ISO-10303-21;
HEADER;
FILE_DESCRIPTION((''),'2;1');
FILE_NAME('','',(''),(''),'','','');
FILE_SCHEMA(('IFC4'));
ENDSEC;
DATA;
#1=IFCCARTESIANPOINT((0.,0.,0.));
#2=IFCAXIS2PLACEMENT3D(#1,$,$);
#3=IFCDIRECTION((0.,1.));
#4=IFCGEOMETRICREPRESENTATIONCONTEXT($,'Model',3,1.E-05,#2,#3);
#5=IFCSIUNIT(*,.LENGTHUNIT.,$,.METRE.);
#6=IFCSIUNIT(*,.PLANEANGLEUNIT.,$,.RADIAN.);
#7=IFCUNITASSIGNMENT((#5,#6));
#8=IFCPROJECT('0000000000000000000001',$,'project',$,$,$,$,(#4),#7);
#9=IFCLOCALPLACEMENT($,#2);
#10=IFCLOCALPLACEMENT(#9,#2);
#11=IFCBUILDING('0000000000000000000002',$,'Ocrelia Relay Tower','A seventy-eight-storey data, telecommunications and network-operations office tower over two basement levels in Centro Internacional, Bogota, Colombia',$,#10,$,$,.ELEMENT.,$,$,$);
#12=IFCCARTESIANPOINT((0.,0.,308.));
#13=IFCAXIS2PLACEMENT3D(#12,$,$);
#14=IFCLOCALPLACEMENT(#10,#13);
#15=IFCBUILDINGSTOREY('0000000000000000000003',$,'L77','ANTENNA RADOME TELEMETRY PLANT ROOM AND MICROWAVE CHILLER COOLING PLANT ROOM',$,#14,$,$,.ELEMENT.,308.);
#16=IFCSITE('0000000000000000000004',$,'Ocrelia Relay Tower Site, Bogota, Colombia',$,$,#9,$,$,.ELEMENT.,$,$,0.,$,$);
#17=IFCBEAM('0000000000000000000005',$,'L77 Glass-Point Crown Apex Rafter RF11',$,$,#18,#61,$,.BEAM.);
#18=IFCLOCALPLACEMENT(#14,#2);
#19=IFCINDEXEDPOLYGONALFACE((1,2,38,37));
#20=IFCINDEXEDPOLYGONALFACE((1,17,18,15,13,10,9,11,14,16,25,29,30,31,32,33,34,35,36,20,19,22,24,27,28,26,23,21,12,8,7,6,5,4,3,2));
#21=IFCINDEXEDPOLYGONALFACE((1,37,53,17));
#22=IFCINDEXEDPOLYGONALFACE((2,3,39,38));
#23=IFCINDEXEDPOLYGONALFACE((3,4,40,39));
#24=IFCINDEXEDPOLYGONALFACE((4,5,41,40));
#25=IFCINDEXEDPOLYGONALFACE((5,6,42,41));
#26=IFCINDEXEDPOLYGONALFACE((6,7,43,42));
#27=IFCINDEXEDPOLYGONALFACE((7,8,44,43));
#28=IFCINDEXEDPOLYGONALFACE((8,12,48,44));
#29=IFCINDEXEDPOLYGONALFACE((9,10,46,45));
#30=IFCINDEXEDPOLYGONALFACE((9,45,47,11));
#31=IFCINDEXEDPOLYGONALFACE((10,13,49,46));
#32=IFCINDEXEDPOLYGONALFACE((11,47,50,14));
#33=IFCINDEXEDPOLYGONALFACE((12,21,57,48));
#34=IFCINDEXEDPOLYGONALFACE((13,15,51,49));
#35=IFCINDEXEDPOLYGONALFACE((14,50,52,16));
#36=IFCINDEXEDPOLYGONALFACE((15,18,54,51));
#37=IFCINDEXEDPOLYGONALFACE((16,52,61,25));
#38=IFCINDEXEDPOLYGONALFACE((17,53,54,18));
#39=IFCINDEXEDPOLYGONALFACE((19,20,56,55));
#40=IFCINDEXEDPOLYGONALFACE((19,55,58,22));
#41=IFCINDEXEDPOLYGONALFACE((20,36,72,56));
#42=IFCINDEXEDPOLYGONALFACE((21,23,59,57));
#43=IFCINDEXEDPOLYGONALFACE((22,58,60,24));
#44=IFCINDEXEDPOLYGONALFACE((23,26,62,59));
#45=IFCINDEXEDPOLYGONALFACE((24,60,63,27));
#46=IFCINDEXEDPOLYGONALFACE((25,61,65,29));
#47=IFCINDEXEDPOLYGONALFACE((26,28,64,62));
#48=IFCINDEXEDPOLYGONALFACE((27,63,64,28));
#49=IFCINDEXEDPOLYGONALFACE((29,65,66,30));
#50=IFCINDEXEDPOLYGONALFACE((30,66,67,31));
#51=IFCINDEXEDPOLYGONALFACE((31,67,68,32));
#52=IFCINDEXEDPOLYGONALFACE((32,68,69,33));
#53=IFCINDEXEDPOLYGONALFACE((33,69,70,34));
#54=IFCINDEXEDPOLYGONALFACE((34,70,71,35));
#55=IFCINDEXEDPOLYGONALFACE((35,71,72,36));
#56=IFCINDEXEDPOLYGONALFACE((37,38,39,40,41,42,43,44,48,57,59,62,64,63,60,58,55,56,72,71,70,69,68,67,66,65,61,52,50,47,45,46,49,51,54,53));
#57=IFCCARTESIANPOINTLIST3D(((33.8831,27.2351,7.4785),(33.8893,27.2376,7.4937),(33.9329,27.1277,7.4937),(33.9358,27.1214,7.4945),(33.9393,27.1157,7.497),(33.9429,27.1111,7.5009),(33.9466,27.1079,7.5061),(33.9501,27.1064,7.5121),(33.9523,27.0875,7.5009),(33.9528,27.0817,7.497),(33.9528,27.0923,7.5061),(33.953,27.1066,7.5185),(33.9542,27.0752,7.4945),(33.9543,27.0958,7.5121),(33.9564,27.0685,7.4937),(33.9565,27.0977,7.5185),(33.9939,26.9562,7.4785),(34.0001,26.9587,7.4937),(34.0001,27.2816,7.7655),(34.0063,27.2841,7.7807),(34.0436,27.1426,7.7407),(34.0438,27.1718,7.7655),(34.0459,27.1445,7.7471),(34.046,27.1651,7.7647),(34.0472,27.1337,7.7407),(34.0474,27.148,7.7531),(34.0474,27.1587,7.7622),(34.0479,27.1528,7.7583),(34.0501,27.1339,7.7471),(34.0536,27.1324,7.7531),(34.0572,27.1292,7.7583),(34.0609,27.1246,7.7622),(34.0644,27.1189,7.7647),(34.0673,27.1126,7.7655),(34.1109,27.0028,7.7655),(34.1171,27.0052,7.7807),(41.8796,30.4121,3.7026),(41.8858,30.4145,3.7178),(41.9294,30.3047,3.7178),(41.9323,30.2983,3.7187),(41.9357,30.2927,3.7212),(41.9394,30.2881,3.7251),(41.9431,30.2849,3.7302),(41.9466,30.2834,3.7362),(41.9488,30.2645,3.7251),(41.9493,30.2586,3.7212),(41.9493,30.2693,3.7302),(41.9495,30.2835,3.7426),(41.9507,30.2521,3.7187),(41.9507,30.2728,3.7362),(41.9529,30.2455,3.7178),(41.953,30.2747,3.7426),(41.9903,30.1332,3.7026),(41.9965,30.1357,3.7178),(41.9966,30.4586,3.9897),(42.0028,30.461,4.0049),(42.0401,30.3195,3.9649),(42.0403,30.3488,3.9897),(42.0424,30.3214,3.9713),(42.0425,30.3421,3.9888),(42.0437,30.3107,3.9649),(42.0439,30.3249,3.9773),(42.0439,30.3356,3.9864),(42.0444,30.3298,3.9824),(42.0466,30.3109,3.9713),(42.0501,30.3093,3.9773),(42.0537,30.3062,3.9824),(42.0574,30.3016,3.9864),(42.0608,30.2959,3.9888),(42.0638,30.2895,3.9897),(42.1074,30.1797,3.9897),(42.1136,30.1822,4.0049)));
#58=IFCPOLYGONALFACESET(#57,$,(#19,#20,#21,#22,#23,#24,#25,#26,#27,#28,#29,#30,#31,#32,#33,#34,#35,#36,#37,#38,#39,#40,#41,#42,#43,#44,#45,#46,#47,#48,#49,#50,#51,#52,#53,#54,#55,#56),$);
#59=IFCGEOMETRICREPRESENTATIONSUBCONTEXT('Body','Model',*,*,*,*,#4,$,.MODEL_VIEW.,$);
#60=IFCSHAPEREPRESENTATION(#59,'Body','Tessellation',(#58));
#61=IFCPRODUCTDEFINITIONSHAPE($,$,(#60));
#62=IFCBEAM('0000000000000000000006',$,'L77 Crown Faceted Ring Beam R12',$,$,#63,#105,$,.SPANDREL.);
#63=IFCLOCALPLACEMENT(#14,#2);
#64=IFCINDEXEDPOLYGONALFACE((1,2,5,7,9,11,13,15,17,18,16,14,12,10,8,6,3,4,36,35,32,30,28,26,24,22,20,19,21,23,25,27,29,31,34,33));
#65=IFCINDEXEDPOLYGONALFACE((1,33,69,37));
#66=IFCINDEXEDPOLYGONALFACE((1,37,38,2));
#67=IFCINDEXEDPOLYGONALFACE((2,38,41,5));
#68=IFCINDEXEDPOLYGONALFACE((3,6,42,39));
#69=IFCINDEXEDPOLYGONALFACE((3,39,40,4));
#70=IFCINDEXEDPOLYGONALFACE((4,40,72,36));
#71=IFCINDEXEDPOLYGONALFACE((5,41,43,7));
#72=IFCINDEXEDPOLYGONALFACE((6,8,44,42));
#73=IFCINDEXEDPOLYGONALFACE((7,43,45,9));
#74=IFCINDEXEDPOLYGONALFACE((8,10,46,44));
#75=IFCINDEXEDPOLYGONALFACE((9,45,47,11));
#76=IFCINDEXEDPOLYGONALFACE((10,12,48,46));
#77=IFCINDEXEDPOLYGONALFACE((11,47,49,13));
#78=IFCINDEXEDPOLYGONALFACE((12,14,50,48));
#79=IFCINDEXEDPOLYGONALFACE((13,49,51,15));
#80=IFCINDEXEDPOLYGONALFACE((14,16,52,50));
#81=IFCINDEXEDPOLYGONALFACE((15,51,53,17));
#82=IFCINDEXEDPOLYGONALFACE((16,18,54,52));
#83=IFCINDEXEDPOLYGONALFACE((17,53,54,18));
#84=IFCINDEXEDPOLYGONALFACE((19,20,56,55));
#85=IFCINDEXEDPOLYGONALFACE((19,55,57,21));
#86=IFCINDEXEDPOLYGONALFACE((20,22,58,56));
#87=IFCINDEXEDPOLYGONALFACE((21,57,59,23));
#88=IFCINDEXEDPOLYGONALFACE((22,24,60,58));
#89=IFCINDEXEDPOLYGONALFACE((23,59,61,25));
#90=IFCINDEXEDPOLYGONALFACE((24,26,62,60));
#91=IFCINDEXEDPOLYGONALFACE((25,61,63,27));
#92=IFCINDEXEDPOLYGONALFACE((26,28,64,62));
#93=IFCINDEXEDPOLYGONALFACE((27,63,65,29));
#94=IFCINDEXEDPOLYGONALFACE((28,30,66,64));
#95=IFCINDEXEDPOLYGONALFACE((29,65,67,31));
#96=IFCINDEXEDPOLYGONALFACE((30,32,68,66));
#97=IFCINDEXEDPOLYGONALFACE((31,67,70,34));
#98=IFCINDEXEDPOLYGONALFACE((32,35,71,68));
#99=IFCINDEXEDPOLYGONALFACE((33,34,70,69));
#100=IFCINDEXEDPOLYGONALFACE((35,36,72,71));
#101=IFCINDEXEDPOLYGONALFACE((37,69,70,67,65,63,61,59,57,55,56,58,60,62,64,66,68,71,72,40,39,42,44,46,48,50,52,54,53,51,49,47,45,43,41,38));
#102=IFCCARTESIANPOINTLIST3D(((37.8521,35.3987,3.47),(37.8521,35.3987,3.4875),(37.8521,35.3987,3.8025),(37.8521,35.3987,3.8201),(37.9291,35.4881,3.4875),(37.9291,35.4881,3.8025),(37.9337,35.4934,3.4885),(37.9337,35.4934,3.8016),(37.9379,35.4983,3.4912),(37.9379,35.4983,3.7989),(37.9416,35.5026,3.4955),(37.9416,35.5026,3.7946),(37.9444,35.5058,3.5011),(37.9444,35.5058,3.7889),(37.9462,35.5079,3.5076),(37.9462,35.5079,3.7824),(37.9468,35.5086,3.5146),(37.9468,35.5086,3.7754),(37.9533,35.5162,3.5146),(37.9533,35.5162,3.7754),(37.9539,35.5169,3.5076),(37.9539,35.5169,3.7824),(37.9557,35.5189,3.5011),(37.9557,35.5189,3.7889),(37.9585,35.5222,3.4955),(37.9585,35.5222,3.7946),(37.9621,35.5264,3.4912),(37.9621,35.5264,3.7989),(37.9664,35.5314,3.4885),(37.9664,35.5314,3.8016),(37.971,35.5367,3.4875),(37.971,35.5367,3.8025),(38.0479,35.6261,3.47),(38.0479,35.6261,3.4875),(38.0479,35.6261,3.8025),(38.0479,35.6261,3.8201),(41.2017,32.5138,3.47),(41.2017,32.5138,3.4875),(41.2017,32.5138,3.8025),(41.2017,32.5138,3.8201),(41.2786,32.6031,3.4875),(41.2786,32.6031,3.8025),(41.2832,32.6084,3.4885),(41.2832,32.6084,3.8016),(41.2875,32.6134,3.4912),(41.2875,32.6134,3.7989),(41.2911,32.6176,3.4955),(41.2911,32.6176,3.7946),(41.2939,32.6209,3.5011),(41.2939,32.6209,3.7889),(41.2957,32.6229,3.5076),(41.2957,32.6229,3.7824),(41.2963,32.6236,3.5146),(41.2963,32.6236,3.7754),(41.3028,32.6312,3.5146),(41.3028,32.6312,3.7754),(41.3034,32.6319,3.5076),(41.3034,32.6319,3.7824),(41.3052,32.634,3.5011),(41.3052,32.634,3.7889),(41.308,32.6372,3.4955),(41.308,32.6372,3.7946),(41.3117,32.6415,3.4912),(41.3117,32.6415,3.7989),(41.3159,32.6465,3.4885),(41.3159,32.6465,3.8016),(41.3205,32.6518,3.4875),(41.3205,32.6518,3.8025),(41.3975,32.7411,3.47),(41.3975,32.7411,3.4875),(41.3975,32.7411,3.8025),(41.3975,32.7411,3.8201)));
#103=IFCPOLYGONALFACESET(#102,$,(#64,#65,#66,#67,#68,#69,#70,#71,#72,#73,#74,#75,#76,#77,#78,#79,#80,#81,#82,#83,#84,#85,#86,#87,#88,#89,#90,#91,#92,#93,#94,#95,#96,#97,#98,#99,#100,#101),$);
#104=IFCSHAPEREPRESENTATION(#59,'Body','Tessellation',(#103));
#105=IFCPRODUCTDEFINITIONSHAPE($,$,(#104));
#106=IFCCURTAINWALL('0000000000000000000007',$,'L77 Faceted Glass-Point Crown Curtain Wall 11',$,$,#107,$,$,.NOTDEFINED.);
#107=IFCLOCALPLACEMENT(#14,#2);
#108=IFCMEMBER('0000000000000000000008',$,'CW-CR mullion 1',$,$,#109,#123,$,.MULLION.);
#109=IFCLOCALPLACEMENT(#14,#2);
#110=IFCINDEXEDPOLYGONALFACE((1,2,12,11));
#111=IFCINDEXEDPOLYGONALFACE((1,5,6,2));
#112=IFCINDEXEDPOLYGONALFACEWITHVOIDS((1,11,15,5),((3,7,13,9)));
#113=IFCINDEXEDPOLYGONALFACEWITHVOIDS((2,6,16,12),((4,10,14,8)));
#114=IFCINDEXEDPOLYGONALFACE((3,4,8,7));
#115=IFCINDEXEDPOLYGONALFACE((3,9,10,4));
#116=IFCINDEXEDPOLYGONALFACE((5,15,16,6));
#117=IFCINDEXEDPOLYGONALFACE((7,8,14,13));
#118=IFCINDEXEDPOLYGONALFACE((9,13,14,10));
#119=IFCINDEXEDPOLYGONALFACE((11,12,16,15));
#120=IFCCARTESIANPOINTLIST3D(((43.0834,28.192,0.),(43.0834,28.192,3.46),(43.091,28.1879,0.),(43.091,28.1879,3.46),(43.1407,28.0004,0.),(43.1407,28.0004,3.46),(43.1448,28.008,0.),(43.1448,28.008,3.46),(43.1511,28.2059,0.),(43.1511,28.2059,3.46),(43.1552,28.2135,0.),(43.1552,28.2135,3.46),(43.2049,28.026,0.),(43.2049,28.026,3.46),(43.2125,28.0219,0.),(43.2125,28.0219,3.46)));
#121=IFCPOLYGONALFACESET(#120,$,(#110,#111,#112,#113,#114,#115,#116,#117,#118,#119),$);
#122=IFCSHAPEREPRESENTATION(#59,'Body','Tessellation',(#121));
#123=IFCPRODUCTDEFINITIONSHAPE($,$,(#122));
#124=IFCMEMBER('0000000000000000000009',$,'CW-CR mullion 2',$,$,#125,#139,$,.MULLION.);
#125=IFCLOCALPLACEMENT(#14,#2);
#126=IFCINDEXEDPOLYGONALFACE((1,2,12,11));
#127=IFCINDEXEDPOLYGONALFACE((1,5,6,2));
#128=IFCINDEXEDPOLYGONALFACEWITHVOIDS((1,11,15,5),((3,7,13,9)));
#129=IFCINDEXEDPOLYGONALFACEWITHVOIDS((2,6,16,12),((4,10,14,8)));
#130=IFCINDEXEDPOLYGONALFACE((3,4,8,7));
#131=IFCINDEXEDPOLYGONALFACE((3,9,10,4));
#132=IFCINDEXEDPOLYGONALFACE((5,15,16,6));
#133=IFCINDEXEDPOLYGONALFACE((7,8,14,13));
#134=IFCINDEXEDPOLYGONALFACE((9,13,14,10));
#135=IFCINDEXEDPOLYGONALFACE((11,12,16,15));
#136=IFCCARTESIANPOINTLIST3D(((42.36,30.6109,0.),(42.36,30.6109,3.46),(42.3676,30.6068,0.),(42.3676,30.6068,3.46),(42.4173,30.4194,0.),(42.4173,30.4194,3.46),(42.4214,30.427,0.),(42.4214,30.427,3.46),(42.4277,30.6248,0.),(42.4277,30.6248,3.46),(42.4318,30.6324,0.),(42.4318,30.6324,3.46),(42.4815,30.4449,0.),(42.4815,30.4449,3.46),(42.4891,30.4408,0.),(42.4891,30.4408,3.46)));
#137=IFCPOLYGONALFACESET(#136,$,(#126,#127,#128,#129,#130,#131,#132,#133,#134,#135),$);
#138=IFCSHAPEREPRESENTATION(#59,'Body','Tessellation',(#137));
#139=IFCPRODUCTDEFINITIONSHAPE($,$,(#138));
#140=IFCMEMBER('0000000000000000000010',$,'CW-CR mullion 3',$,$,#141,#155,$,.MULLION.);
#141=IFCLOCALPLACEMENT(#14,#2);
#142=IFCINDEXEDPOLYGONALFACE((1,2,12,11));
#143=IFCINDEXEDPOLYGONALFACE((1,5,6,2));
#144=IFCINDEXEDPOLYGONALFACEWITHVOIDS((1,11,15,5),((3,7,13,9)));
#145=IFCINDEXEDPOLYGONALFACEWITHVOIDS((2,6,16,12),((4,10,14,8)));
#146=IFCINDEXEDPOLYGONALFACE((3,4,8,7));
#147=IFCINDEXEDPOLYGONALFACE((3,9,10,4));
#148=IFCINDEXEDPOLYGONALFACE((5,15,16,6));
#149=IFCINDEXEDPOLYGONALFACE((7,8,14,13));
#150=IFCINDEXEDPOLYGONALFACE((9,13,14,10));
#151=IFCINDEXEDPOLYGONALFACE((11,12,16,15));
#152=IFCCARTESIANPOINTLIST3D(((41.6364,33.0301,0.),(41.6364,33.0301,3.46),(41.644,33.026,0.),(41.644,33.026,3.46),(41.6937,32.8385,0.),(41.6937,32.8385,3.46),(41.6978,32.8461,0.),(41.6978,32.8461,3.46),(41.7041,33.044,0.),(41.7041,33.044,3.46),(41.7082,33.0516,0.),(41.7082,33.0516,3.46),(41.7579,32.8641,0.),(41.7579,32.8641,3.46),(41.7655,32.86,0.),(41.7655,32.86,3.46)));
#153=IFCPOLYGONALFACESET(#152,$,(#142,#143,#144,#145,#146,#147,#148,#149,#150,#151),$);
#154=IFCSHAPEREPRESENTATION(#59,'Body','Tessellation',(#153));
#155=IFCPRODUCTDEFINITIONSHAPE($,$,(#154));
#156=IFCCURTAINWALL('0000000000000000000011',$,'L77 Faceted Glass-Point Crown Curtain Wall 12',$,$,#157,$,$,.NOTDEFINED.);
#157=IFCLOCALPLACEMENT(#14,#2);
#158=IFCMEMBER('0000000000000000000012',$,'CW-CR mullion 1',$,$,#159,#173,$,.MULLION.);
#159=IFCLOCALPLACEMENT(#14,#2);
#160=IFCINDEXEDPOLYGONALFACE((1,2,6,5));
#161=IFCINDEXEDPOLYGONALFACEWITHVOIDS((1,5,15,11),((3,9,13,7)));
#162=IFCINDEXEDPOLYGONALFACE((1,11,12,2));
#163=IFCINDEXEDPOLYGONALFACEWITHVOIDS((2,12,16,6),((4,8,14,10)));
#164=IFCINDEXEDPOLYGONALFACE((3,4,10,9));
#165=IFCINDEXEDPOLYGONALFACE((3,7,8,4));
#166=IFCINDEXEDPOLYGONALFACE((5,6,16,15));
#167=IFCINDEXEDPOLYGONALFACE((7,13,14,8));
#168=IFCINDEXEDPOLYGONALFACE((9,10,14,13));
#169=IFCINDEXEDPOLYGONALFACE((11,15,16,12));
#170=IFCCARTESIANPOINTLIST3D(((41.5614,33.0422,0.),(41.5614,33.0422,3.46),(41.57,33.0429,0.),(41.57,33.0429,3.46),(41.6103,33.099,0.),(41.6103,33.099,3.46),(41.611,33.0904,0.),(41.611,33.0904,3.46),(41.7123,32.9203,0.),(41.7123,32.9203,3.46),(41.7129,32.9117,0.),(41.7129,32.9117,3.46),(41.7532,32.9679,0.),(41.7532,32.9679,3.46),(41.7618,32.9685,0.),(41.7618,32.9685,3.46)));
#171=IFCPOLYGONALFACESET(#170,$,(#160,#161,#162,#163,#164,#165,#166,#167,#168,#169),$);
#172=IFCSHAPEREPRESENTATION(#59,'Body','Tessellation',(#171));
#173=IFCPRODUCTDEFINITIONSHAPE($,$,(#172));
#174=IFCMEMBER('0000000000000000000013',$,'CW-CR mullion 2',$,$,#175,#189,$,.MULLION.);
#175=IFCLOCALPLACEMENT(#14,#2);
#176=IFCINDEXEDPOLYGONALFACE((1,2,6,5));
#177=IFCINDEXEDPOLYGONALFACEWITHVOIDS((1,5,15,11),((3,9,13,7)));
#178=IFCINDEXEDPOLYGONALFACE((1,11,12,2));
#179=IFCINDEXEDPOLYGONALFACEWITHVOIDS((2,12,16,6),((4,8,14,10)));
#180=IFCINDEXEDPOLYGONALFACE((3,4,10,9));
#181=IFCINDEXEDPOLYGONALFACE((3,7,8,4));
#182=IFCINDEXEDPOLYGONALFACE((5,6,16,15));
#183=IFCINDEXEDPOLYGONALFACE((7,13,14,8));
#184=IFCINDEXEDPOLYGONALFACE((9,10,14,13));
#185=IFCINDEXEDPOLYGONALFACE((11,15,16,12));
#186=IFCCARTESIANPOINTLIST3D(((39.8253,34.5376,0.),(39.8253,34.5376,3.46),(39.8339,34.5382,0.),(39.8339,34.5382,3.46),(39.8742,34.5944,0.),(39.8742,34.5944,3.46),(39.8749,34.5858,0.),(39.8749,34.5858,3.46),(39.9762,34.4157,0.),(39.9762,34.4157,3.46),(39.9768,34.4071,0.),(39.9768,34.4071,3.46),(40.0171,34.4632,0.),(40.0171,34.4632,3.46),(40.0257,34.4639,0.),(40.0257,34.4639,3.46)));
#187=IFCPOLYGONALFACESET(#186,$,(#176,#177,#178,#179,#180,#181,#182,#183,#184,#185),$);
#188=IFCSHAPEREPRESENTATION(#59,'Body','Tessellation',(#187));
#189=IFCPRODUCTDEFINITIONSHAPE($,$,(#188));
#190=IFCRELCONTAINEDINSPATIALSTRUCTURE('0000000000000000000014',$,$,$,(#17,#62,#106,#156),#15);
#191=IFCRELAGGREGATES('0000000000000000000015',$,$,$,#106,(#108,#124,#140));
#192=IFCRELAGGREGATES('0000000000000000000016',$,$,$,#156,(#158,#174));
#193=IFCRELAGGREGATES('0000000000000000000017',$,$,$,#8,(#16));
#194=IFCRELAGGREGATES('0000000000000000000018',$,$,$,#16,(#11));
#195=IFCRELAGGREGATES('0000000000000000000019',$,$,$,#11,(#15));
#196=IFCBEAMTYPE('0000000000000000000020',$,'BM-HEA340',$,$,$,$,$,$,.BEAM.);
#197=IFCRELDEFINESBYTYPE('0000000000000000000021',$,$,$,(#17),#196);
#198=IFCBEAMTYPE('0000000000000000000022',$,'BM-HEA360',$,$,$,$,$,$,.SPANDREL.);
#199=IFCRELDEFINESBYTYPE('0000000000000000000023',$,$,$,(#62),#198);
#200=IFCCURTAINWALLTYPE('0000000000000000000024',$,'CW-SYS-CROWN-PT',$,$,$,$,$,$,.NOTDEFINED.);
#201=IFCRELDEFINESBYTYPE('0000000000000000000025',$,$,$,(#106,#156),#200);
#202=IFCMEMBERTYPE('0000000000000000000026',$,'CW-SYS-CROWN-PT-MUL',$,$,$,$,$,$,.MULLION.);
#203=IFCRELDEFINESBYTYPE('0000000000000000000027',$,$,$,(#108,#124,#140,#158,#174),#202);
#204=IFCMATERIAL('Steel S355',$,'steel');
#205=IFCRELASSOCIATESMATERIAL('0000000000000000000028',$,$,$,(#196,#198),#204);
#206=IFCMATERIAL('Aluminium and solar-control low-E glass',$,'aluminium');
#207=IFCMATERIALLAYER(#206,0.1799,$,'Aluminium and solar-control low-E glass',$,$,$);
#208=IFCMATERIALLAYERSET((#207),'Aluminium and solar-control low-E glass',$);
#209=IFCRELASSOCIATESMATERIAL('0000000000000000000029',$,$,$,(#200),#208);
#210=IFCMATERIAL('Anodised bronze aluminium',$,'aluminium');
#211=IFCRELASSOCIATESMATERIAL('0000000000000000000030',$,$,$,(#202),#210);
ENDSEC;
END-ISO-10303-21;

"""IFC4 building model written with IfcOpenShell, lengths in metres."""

from ifc_helpers import new_model, si_unit, direction, frame, origin, origin_2d, place, context, subcontext, project, spatial, hollow_rectangle, i_section, extrude, material, layer, layer_set, material_profile, profile_set, type_object, element, aggregate, save


model = new_model("IFC4")

# Units and contexts
model_context = context("Model", 3, precision=1e-05, world=origin(), true_north=direction((0.0, 1.0)))
body_context = subcontext(model_context, "Body", "Model", "MODEL_VIEW")
ifc_project = project(units=[si_unit("LENGTHUNIT", "METRE"), si_unit("PLANEANGLEUNIT", "RADIAN")], contexts=[model_context])

# Site, building, storey
site_placement = place(None, origin())
site = spatial("IfcSite", under=ifc_project, at=site_placement, Name="Ocrelia Relay Tower Site, Bogota, Colombia", CompositionType="ELEMENT", RefElevation=0.0)
building_placement = place(site_placement, origin())
building = spatial("IfcBuilding", under=site, at=building_placement, Name="Ocrelia Relay Tower", Description="A seventy-eight-storey data, telecommunications and network-operations office tower over two basement levels in Centro Internacional, Bogota, Colombia", CompositionType="ELEMENT")
storey_placement = place(building_placement, frame((0.0, 0.0, 308.0)))
storey = spatial("IfcBuildingStorey", under=building, at=storey_placement, Name="L77", Description="ANTENNA RADOME TELEMETRY PLANT ROOM AND MICROWAVE CHILLER COOLING PLANT ROOM", CompositionType="ELEMENT", Elevation=308.0)

# Beams
ifc_material_1 = material(Name="Steel S355", Category="steel")
ifc_material_profile_1 = material_profile(ifc_material_1, i_section(OverallWidth=0.3, OverallDepth=0.3301, WebThickness=0.0095, FlangeThickness=0.0166, FilletRadius=0.0271, at=origin_2d()), Name="HEA 340")
ifc_profile_set_1 = profile_set([ifc_material_profile_1], Name="Steel S355")
beam_type_1 = type_object("IfcBeamType", Name="BM-HEA340", PredefinedType="BEAM", material=ifc_profile_set_1)
beam_1_placement = place(storey_placement, frame((41.9966, 30.2971, 3.8538), z_axis=(-0.851009, -0.338102, 0.401835), x_axis=(0.369223, -0.929341, 0.0)))
element("IfcBeam", 1, at=beam_1_placement, inside=storey, type_object=beam_type_1, Name="L77 Glass-Point Crown Apex Rafter RF11", PredefinedType="BEAM", context=body_context, shape_type="SweptSolid", body=[
    extrude(i_section(OverallWidth=0.3, OverallDepth=0.3301, WebThickness=0.0095, FlangeThickness=0.0166, FilletRadius=0.0271, at=origin_2d()), origin(), (0.0, 0.0, 1.0), 9.3965),
])
ifc_material_profile_2 = material_profile(ifc_material_1, i_section(OverallWidth=0.3, OverallDepth=0.3501, WebThickness=0.01, FlangeThickness=0.0176, FilletRadius=0.0271, at=origin_2d()), Name="HEA 360")
ifc_profile_set_2 = profile_set([ifc_material_profile_2], Name="Steel S355")
beam_type_2 = type_object("IfcBeamType", Name="BM-HEA360", PredefinedType="SPANDREL", material=ifc_profile_set_2)
beam_2_placement = place(storey_placement, frame((41.2996, 32.6274, 3.645), z_axis=(-0.757699, 0.652604, 0.0), x_axis=(-0.652604, -0.757699, 0.0)))
element("IfcBeam", 2, at=beam_2_placement, inside=storey, type_object=beam_type_2, Name="L77 Crown Faceted Ring Beam R12", PredefinedType="SPANDREL", context=body_context, shape_type="SweptSolid", body=[
    extrude(i_section(OverallWidth=0.3, OverallDepth=0.3501, WebThickness=0.01, FlangeThickness=0.0176, FilletRadius=0.0271, at=origin_2d()), origin(), (0.0, 0.0, 1.0), 4.4207),
])

# Curtain walls, members
ifc_material_2 = material(Name="Aluminium and solar-control low-E glass", Category="aluminium")
ifc_layer_1 = layer(ifc_material_2, 0.1799, Name="Aluminium and solar-control low-E glass")
ifc_layer_set_1 = layer_set([ifc_layer_1], Name="Aluminium and solar-control low-E glass")
curtain_wall_type = type_object("IfcCurtainWallType", Name="CW-SYS-CROWN-PT", PredefinedType="NOTDEFINED", material=ifc_layer_set_1)
curtain_wall_1_placement = place(storey_placement, origin())
curtain_wall_1 = element("IfcCurtainWall", 3, at=curtain_wall_1_placement, inside=storey, type_object=curtain_wall_type, Name="L77 Faceted Glass-Point Crown Curtain Wall 11", PredefinedType="NOTDEFINED")
ifc_material_3 = material(Name="Anodised bronze aluminium", Category="aluminium")
ifc_material_profile_3 = material_profile(ifc_material_3, hollow_rectangle(XDim=0.075, YDim=0.2, WallThickness=0.0061, at=origin_2d()), Name="CW-MUL-200x75")
ifc_profile_set_3 = profile_set([ifc_material_profile_3], Name="Anodised bronze aluminium")
member_type_1 = type_object("IfcMemberType", Name="CW-SYS-CROWN-PT-MUL", PredefinedType="MULLION", material=ifc_profile_set_3)
member_1_placement = place(storey_placement, frame((43.1479, 28.1069, 0.0), z_axis=(0.0, 0.0, 1.0), x_axis=(-0.958057, -0.286578, 0.0)))
member_1 = element("IfcMember", 4, at=member_1_placement, type_object=member_type_1, Name="CW-CR mullion 1", PredefinedType="MULLION", context=body_context, shape_type="SweptSolid", body=[
    extrude(hollow_rectangle(XDim=0.075, YDim=0.2, WallThickness=0.0061, at=origin_2d()), origin(), (0.0, 0.0, 1.0), 3.46),
])
member_2_placement = place(storey_placement, frame((42.4246, 30.5259, 0.0), z_axis=(0.0, 0.0, 1.0), x_axis=(-0.958057, -0.286578, 0.0)))
member_2 = element("IfcMember", 5, at=member_2_placement, type_object=member_type_1, Name="CW-CR mullion 2", PredefinedType="MULLION", context=body_context, shape_type="SweptSolid", body=[
    extrude(hollow_rectangle(XDim=0.075, YDim=0.2, WallThickness=0.0061, at=origin_2d()), origin(), (0.0, 0.0, 1.0), 3.46),
])
member_3_placement = place(storey_placement, frame((41.7009, 32.9451, 0.0), z_axis=(0.0, 0.0, 1.0), x_axis=(-0.958057, -0.286578, 0.0)))
member_3 = element("IfcMember", 6, at=member_3_placement, type_object=member_type_1, Name="CW-CR mullion 3", PredefinedType="MULLION", context=body_context, shape_type="SweptSolid", body=[
    extrude(hollow_rectangle(XDim=0.075, YDim=0.2, WallThickness=0.0061, at=origin_2d()), origin(), (0.0, 0.0, 1.0), 3.46),
])
curtain_wall_2_placement = place(storey_placement, origin())
curtain_wall_2 = element("IfcCurtainWall", 7, at=curtain_wall_2_placement, inside=storey, type_object=curtain_wall_type, Name="L77 Faceted Glass-Point Crown Curtain Wall 12", PredefinedType="NOTDEFINED")
member_4_placement = place(storey_placement, frame((41.6616, 33.0054, 0.0), z_axis=(0.0, 0.0, 1.0), x_axis=(-0.652581, -0.757719, 0.0)))
member_4 = element("IfcMember", 8, at=member_4_placement, type_object=member_type_1, Name="CW-CR mullion 1", PredefinedType="MULLION", context=body_context, shape_type="SweptSolid", body=[
    extrude(hollow_rectangle(XDim=0.075, YDim=0.2, WallThickness=0.0061, at=origin_2d()), origin(), (0.0, 0.0, 1.0), 3.46),
])
member_5_placement = place(storey_placement, frame((39.9255, 34.5007, 0.0), z_axis=(0.0, 0.0, 1.0), x_axis=(-0.652581, -0.757719, 0.0)))
member_5 = element("IfcMember", 9, at=member_5_placement, type_object=member_type_1, Name="CW-CR mullion 2", PredefinedType="MULLION", context=body_context, shape_type="SweptSolid", body=[
    extrude(hollow_rectangle(XDim=0.075, YDim=0.2, WallThickness=0.0061, at=origin_2d()), origin(), (0.0, 0.0, 1.0), 3.46),
])

aggregate(curtain_wall_1, [member_1, member_2, member_3])
aggregate(curtain_wall_2, [member_4, member_5])

save(model, "model.ifc")
